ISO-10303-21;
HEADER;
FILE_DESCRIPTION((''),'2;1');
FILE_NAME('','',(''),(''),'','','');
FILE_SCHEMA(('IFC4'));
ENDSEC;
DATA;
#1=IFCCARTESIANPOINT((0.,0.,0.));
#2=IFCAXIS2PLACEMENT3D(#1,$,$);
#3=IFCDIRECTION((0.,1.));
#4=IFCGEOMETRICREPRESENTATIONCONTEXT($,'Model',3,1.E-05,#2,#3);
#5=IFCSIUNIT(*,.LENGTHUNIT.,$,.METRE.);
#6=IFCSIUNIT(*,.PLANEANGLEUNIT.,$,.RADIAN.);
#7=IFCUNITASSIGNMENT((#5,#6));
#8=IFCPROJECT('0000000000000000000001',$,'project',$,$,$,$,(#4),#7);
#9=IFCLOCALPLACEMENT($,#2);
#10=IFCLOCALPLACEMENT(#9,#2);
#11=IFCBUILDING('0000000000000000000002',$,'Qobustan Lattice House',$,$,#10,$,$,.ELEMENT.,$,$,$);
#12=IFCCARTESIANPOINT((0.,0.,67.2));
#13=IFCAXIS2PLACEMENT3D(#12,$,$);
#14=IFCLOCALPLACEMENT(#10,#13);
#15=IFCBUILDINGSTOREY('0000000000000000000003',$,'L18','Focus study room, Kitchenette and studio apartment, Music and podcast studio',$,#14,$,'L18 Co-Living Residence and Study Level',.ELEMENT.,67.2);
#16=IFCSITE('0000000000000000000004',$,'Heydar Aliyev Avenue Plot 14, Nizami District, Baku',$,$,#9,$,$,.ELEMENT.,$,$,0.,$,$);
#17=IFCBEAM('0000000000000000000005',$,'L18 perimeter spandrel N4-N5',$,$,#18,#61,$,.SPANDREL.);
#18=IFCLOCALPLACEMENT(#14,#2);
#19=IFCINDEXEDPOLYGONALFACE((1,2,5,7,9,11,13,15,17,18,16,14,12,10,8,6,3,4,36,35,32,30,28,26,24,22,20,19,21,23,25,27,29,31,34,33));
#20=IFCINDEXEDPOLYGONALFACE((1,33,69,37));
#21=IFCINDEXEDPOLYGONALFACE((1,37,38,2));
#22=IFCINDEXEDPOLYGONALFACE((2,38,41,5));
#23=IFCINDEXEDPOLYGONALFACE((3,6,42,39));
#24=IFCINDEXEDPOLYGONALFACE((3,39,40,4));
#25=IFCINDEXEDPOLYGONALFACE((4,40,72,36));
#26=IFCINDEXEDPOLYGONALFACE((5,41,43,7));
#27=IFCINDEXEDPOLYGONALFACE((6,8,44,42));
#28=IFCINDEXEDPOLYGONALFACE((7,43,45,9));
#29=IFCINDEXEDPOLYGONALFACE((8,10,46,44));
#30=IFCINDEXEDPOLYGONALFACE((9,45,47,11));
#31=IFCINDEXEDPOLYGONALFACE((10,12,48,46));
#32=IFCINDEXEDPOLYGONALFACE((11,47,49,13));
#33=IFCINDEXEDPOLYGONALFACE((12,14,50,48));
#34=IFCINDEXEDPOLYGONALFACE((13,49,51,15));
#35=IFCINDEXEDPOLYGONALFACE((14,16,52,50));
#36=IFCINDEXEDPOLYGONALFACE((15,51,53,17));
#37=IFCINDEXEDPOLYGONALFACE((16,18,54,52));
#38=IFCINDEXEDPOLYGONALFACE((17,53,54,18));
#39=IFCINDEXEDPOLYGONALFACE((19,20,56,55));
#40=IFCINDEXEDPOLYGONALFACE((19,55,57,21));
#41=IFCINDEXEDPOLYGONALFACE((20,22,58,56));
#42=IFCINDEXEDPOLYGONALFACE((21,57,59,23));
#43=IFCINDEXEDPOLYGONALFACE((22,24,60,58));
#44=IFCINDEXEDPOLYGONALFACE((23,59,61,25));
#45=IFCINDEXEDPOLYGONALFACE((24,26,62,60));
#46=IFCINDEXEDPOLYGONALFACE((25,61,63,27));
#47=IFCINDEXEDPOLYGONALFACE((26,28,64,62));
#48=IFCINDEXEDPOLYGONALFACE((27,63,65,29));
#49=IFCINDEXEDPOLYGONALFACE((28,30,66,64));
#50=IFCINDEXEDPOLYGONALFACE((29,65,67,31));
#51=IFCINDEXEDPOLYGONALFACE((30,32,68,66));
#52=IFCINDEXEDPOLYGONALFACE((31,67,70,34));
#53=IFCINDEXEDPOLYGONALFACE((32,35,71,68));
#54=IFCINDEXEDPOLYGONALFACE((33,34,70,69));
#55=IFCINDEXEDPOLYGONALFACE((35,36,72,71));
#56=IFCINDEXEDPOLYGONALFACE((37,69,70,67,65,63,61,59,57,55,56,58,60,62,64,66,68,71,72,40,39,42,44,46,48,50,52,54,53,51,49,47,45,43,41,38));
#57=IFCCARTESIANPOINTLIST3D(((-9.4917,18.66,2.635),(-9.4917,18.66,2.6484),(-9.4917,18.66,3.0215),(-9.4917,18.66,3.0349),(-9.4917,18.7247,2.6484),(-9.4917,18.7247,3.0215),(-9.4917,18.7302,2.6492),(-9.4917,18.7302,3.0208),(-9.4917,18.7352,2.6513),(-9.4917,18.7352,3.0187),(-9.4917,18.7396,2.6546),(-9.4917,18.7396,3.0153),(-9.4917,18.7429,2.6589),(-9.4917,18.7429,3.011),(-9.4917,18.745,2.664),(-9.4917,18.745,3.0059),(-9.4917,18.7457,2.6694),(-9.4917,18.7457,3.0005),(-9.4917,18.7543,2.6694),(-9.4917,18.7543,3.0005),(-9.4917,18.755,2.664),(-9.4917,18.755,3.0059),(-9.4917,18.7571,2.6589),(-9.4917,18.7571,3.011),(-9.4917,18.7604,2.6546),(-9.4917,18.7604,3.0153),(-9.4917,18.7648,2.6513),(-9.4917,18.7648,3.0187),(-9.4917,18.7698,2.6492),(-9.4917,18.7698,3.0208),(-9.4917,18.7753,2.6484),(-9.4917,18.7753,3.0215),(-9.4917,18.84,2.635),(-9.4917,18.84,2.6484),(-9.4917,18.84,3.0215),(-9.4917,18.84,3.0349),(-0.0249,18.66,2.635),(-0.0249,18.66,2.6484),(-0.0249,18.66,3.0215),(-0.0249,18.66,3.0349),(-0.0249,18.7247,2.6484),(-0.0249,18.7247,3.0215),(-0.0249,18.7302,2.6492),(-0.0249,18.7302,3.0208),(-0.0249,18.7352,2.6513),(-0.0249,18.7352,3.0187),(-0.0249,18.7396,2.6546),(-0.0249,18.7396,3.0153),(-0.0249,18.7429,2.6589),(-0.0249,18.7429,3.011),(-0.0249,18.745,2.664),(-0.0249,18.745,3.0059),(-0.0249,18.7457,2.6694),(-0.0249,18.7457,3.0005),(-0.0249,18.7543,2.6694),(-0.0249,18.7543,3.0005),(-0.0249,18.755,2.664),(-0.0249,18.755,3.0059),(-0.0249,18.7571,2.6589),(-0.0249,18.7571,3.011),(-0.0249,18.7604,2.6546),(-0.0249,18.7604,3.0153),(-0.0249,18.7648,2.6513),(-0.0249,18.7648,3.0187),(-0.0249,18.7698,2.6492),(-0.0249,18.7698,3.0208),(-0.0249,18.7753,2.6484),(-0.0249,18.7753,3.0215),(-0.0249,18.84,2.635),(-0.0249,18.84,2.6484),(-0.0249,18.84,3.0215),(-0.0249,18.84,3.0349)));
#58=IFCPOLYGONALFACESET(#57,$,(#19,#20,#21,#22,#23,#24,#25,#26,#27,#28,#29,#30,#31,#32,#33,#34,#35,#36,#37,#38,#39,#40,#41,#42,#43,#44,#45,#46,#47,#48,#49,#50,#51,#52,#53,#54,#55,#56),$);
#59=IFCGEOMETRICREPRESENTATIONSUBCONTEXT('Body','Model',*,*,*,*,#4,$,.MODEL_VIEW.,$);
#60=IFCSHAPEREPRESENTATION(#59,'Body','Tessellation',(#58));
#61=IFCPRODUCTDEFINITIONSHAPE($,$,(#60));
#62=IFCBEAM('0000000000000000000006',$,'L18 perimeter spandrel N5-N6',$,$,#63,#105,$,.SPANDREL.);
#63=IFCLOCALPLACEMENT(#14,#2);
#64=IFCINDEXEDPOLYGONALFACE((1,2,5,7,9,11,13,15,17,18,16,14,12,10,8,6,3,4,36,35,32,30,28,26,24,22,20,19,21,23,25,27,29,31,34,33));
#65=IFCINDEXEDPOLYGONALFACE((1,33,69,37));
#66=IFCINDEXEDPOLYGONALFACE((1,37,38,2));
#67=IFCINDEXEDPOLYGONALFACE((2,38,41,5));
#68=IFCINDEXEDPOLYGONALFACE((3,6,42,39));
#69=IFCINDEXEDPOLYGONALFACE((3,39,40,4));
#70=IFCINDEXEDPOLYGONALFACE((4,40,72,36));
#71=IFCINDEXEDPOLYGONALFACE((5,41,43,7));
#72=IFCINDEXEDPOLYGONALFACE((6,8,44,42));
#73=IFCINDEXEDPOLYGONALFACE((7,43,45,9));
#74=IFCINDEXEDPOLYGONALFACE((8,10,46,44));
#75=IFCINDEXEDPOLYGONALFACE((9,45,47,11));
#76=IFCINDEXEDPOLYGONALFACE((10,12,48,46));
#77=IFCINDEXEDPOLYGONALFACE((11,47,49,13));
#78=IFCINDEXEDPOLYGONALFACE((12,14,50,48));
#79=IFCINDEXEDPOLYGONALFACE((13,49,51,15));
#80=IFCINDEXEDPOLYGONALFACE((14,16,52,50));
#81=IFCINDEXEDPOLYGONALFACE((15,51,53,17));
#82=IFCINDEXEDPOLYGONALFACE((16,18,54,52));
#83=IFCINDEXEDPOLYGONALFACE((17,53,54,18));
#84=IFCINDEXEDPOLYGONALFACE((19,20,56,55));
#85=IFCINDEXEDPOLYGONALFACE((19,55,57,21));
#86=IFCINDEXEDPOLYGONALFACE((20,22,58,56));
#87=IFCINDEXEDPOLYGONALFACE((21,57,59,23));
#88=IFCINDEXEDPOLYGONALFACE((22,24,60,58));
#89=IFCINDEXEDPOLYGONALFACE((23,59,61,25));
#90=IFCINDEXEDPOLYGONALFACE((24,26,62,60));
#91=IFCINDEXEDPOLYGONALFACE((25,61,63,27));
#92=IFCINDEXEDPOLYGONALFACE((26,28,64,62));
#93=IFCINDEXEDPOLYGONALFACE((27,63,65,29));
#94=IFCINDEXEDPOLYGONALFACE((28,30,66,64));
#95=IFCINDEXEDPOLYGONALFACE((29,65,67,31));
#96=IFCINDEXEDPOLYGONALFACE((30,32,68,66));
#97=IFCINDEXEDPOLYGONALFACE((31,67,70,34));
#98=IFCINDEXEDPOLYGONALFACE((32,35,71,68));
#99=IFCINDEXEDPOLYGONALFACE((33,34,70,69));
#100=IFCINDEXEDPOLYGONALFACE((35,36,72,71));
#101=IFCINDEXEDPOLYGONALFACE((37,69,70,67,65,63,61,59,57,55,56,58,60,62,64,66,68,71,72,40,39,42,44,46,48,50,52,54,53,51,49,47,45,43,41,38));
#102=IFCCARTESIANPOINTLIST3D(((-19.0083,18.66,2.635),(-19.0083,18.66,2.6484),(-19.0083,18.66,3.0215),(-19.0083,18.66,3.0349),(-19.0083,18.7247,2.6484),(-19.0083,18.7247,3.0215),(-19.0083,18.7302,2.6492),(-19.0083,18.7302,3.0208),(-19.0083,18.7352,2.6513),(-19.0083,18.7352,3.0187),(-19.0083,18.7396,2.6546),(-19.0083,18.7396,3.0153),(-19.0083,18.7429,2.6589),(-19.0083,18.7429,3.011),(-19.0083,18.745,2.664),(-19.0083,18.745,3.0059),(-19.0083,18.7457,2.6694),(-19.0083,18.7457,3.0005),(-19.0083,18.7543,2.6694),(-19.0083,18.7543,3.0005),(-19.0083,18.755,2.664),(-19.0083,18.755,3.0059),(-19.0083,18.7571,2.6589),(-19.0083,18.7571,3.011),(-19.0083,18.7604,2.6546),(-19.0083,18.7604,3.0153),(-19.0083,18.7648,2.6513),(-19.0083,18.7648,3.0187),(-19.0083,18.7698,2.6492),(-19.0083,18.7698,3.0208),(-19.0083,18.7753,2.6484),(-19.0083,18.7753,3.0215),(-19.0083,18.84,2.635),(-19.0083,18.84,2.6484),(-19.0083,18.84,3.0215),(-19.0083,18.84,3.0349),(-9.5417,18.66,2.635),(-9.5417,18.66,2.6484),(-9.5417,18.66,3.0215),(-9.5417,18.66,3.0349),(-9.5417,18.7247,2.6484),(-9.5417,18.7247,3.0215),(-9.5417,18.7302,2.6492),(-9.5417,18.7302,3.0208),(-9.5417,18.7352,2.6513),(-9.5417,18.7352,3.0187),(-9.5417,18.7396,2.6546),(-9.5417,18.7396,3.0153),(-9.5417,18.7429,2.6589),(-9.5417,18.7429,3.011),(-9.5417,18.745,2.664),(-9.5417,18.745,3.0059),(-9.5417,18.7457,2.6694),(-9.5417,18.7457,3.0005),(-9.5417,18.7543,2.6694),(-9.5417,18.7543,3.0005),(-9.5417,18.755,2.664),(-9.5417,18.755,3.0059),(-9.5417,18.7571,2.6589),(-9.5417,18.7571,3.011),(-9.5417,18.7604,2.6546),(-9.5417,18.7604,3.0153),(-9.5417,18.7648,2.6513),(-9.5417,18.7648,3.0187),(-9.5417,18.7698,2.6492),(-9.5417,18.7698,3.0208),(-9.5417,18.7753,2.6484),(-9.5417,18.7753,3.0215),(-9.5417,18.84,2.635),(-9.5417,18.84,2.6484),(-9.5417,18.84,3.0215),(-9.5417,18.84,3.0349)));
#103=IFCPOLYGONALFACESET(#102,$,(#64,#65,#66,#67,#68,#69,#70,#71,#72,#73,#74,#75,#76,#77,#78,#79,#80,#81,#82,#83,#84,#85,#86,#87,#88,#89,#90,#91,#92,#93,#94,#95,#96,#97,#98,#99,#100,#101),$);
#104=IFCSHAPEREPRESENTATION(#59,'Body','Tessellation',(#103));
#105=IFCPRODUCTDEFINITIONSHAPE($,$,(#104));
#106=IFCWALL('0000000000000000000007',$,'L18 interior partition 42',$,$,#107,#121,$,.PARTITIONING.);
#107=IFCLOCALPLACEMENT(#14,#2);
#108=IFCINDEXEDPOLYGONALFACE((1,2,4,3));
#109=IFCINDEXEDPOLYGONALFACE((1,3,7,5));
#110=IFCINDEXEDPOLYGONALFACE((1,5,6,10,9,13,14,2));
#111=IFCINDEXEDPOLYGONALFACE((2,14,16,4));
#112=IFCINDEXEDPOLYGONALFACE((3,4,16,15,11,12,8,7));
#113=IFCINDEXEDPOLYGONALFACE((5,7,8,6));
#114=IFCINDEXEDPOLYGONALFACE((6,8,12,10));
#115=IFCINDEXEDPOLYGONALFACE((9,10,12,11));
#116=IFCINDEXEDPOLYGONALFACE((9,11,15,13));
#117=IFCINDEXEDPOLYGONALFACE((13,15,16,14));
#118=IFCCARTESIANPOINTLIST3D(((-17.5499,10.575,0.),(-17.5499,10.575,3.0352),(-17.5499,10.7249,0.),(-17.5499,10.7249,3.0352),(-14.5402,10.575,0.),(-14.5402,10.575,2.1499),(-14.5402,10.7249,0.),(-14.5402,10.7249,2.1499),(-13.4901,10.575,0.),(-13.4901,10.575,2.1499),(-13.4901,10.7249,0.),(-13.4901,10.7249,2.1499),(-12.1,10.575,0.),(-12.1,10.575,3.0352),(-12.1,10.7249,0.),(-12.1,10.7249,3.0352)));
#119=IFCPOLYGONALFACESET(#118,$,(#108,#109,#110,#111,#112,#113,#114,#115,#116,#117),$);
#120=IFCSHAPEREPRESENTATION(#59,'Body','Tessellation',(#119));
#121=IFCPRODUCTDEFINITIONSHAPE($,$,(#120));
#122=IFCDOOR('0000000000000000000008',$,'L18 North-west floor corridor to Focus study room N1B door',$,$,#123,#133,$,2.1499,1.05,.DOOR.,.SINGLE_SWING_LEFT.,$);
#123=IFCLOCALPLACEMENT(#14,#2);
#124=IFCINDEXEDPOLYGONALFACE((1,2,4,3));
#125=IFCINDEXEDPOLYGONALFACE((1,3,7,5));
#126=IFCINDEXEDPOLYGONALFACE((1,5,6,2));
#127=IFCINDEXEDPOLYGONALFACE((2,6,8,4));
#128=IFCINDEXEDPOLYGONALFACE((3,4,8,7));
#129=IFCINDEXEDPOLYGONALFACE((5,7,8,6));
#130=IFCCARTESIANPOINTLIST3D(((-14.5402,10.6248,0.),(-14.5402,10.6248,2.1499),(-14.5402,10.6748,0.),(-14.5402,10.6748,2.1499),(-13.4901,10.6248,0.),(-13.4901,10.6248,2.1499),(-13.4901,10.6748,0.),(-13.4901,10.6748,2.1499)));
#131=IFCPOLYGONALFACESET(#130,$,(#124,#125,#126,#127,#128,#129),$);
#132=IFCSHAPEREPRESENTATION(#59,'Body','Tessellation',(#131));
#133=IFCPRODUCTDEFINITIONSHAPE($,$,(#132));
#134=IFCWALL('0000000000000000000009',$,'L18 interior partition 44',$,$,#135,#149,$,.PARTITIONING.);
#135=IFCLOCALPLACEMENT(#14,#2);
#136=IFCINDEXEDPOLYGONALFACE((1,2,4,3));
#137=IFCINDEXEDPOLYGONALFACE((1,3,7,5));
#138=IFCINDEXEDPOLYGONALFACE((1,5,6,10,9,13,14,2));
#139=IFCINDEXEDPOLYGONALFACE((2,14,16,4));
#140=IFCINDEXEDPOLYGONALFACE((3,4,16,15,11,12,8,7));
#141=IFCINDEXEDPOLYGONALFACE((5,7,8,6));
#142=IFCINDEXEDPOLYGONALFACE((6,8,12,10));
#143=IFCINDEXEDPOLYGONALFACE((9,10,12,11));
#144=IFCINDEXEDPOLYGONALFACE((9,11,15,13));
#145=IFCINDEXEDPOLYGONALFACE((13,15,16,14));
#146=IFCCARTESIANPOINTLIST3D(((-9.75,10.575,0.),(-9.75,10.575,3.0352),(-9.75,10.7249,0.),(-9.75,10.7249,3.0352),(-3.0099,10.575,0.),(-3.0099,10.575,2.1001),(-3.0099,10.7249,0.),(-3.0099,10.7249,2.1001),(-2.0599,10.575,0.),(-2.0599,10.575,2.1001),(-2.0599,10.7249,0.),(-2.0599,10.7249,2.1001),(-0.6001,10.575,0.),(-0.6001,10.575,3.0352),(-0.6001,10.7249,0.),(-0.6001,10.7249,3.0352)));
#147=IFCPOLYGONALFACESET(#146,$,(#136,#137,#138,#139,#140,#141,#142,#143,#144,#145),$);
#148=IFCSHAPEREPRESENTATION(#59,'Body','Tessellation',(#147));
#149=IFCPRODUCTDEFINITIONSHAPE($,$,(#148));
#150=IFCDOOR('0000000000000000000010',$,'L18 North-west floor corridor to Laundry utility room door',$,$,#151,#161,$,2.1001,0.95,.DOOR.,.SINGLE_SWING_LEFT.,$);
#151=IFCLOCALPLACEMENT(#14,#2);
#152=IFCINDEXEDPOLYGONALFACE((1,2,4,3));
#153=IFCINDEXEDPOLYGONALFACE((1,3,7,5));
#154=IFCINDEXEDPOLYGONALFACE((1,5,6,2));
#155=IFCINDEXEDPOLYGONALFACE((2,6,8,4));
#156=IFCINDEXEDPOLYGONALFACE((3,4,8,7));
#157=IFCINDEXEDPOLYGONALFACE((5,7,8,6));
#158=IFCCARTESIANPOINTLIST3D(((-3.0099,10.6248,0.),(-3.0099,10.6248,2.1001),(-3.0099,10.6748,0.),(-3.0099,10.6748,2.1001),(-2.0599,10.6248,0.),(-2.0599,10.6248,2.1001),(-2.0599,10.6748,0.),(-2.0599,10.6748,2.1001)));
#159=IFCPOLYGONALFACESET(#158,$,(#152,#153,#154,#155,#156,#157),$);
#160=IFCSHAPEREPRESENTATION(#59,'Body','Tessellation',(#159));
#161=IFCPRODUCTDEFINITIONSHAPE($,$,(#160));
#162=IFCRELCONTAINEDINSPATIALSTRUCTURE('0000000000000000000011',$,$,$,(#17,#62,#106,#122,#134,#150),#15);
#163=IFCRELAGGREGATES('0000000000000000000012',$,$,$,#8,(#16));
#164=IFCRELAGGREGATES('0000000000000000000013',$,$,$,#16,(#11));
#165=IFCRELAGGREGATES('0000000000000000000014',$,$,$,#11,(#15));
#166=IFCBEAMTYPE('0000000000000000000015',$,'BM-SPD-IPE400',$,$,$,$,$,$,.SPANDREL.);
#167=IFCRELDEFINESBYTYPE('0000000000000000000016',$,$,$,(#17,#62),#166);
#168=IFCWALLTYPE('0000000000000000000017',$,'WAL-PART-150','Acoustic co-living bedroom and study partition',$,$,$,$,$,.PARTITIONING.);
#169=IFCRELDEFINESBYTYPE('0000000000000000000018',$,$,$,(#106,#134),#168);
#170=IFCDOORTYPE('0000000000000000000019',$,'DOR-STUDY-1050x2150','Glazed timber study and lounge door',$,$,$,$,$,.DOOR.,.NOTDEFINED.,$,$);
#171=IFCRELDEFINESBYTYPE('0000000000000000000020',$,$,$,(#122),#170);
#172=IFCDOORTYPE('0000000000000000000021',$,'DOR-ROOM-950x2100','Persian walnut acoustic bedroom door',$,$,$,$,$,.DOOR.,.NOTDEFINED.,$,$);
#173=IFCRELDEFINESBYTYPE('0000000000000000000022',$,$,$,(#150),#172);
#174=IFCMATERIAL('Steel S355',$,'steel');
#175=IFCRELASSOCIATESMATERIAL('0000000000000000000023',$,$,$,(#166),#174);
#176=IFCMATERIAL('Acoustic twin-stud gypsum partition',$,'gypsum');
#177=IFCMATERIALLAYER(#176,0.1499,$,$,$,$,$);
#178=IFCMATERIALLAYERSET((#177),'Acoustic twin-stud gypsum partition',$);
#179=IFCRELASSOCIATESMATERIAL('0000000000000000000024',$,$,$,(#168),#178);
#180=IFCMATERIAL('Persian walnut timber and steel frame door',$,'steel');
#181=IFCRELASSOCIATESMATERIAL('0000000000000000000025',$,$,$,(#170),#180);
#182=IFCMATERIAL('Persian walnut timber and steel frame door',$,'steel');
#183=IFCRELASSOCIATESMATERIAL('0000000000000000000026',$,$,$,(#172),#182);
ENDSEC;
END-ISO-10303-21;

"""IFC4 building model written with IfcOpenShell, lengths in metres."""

from ifc_helpers import new_model, si_unit, direction, frame, frame_2d, origin, origin_2d, place, context, subcontext, project, spatial, rectangle, i_section, extrude, material, layer, layer_set, material_profile, profile_set, type_object, element, fill, save


model = new_model("IFC4")

# Units and contexts
model_context = context("Model", 3, precision=1e-05, world=origin(), true_north=direction((0.0, 1.0)))
body_context = subcontext(model_context, "Body", "Model", "MODEL_VIEW")
ifc_project = project(units=[si_unit("LENGTHUNIT", "METRE"), si_unit("PLANEANGLEUNIT", "RADIAN")], contexts=[model_context])

# Site, building, storey
site_placement = place(None, origin())
site = spatial("IfcSite", under=ifc_project, at=site_placement, Name="Heydar Aliyev Avenue Plot 14, Nizami District, Baku", CompositionType="ELEMENT", RefElevation=0.0)
building_placement = place(site_placement, origin())
building = spatial("IfcBuilding", under=site, at=building_placement, Name="Qobustan Lattice House", CompositionType="ELEMENT")
storey_placement = place(building_placement, frame((0.0, 0.0, 67.2)))
storey = spatial("IfcBuildingStorey", under=building, at=storey_placement, Name="L18", Description="Focus study room, Kitchenette and studio apartment, Music and podcast studio", LongName="L18 Co-Living Residence and Study Level", CompositionType="ELEMENT", Elevation=67.2)

# Beams
ifc_material_1 = material(Name="Steel S355", Category="steel")
ifc_material_profile_1 = material_profile(ifc_material_1, i_section(OverallWidth=0.1799, OverallDepth=0.3999, WebThickness=0.0085, FlangeThickness=0.0134, FilletRadius=0.021, at=origin_2d()), Name="IPE400")
ifc_profile_set_1 = profile_set([ifc_material_profile_1], Name="Steel S355")
beam_type_1 = type_object("IfcBeamType", Name="BM-SPD-IPE400", PredefinedType="SPANDREL", material=ifc_profile_set_1)
beam_1_placement = place(storey_placement, frame((-0.0249, 18.75, 2.835), z_axis=(-1.0, 0.0, 0.0), x_axis=(0.0, -1.0, 0.0)))
element("IfcBeam", 1, at=beam_1_placement, inside=storey, type_object=beam_type_1, Name="L18 perimeter spandrel N4-N5", PredefinedType="SPANDREL", context=body_context, shape_type="SweptSolid", body=[
    extrude(i_section(OverallWidth=0.1799, OverallDepth=0.3999, WebThickness=0.0085, FlangeThickness=0.0134, FilletRadius=0.021, at=origin_2d()), origin(), (0.0, 0.0, 1.0), 9.4668),
])
beam_2_placement = place(storey_placement, frame((-9.5417, 18.75, 2.835), z_axis=(-1.0, 0.0, 0.0), x_axis=(0.0, -1.0, 0.0)))
element("IfcBeam", 2, at=beam_2_placement, inside=storey, type_object=beam_type_1, Name="L18 perimeter spandrel N5-N6", PredefinedType="SPANDREL", context=body_context, shape_type="SweptSolid", body=[
    extrude(i_section(OverallWidth=0.1799, OverallDepth=0.3999, WebThickness=0.0085, FlangeThickness=0.0134, FilletRadius=0.021, at=origin_2d()), origin(), (0.0, 0.0, 1.0), 9.4666),
])

# Walls, openings, doors
ifc_material_2 = material(Name="Acoustic twin-stud gypsum partition", Category="gypsum")
ifc_layer_1 = layer(ifc_material_2, 0.1499)
ifc_layer_set_1 = layer_set([ifc_layer_1], Name="Acoustic twin-stud gypsum partition")
wall_type_1 = type_object("IfcWallType", Name="WAL-PART-150", Description="Acoustic co-living bedroom and study partition", PredefinedType="PARTITIONING", material=ifc_layer_set_1)
ifc_material_3 = material(Name="Persian walnut timber and steel frame door", Category="steel")
door_type_1 = type_object("IfcDoorType", Name="DOR-STUDY-1050x2150", Description="Glazed timber study and lounge door", OperationType="NOTDEFINED", PredefinedType="DOOR", material=ifc_material_3)
wall_1_placement = place(storey_placement, frame((-17.55, 10.6499, 0.0), z_axis=(0.0, 0.0, 1.0), x_axis=(1.0, 0.0, 0.0)))
wall_1 = element("IfcWall", 3, at=wall_1_placement, inside=storey, type_object=wall_type_1, Name="L18 interior partition 42", PredefinedType="PARTITIONING", context=body_context, shape_type="SweptSolid", body=[
    extrude(rectangle(XDim=5.45, YDim=0.1499, at=frame_2d((2.7251, 0.0))), origin(), (0.0, 0.0, 1.0), 3.0352),
])
opening_1_placement = place(wall_1_placement, frame((3.01, 0.0, 0.0)))
opening_1 = element("IfcOpeningElement", 4, at=opening_1_placement, cuts=wall_1, PredefinedType="OPENING", context=body_context, shape_type="SweptSolid", body=[
    extrude(rectangle(XDim=1.05, YDim=2.1499, at=frame_2d((0.5249, 1.075))), frame((0.0, 0.085, 0.0), z_axis=(0.0, -1.0, 0.0), x_axis=(1.0, 0.0, 0.0)), (0.0, 0.0, 1.0), 0.1699),
])
door_1_placement = place(opening_1_placement, origin())
door_1 = element("IfcDoor", 5, at=door_1_placement, inside=storey, type_object=door_type_1, Name="L18 North-west floor corridor to Focus study room N1B door", OperationType="SINGLE_SWING_LEFT", OverallHeight=2.1499, OverallWidth=1.05, PredefinedType="DOOR", context=body_context, shape_type="SweptSolid", body=[
    extrude(rectangle(XDim=1.05, YDim=2.1499, at=frame_2d((0.5249, 1.075))), frame((0.0, 0.0249, 0.0), z_axis=(0.0, -1.0, 0.0), x_axis=(1.0, 0.0, 0.0)), (0.0, 0.0, 1.0), 0.05),
])
fill(opening_1, door_1)
wall_2_placement = place(storey_placement, frame((-9.75, 10.6499, 0.0), z_axis=(0.0, 0.0, 1.0), x_axis=(1.0, 0.0, 0.0)))
wall_2 = element("IfcWall", 6, at=wall_2_placement, inside=storey, type_object=wall_type_1, Name="L18 interior partition 44", PredefinedType="PARTITIONING", context=body_context, shape_type="SweptSolid", body=[
    extrude(rectangle(XDim=9.1499, YDim=0.1499, at=frame_2d((4.575, 0.0))), origin(), (0.0, 0.0, 1.0), 3.0352),
])
opening_2_placement = place(wall_2_placement, frame((6.74, 0.0, 0.0)))
opening_2 = element("IfcOpeningElement", 7, at=opening_2_placement, cuts=wall_2, PredefinedType="OPENING", context=body_context, shape_type="SweptSolid", body=[
    extrude(rectangle(XDim=0.95, YDim=2.1001, at=frame_2d((0.4751, 1.05))), frame((0.0, 0.085, 0.0), z_axis=(0.0, -1.0, 0.0), x_axis=(1.0, 0.0, 0.0)), (0.0, 0.0, 1.0), 0.1699),
])
ifc_material_4 = material(Name="Persian walnut timber and steel frame door", Category="steel")
door_type_2 = type_object("IfcDoorType", Name="DOR-ROOM-950x2100", Description="Persian walnut acoustic bedroom door", OperationType="NOTDEFINED", PredefinedType="DOOR", material=ifc_material_4)
door_2_placement = place(opening_2_placement, origin())
door_2 = element("IfcDoor", 8, at=door_2_placement, inside=storey, type_object=door_type_2, Name="L18 North-west floor corridor to Laundry utility room door", OperationType="SINGLE_SWING_LEFT", OverallHeight=2.1001, OverallWidth=0.95, PredefinedType="DOOR", context=body_context, shape_type="SweptSolid", body=[
    extrude(rectangle(XDim=0.95, YDim=2.1001, at=frame_2d((0.4751, 1.05))), frame((0.0, 0.0249, 0.0), z_axis=(0.0, -1.0, 0.0), x_axis=(1.0, 0.0, 0.0)), (0.0, 0.0, 1.0), 0.05),
])
fill(opening_2, door_2)

save(model, "model.ifc")
